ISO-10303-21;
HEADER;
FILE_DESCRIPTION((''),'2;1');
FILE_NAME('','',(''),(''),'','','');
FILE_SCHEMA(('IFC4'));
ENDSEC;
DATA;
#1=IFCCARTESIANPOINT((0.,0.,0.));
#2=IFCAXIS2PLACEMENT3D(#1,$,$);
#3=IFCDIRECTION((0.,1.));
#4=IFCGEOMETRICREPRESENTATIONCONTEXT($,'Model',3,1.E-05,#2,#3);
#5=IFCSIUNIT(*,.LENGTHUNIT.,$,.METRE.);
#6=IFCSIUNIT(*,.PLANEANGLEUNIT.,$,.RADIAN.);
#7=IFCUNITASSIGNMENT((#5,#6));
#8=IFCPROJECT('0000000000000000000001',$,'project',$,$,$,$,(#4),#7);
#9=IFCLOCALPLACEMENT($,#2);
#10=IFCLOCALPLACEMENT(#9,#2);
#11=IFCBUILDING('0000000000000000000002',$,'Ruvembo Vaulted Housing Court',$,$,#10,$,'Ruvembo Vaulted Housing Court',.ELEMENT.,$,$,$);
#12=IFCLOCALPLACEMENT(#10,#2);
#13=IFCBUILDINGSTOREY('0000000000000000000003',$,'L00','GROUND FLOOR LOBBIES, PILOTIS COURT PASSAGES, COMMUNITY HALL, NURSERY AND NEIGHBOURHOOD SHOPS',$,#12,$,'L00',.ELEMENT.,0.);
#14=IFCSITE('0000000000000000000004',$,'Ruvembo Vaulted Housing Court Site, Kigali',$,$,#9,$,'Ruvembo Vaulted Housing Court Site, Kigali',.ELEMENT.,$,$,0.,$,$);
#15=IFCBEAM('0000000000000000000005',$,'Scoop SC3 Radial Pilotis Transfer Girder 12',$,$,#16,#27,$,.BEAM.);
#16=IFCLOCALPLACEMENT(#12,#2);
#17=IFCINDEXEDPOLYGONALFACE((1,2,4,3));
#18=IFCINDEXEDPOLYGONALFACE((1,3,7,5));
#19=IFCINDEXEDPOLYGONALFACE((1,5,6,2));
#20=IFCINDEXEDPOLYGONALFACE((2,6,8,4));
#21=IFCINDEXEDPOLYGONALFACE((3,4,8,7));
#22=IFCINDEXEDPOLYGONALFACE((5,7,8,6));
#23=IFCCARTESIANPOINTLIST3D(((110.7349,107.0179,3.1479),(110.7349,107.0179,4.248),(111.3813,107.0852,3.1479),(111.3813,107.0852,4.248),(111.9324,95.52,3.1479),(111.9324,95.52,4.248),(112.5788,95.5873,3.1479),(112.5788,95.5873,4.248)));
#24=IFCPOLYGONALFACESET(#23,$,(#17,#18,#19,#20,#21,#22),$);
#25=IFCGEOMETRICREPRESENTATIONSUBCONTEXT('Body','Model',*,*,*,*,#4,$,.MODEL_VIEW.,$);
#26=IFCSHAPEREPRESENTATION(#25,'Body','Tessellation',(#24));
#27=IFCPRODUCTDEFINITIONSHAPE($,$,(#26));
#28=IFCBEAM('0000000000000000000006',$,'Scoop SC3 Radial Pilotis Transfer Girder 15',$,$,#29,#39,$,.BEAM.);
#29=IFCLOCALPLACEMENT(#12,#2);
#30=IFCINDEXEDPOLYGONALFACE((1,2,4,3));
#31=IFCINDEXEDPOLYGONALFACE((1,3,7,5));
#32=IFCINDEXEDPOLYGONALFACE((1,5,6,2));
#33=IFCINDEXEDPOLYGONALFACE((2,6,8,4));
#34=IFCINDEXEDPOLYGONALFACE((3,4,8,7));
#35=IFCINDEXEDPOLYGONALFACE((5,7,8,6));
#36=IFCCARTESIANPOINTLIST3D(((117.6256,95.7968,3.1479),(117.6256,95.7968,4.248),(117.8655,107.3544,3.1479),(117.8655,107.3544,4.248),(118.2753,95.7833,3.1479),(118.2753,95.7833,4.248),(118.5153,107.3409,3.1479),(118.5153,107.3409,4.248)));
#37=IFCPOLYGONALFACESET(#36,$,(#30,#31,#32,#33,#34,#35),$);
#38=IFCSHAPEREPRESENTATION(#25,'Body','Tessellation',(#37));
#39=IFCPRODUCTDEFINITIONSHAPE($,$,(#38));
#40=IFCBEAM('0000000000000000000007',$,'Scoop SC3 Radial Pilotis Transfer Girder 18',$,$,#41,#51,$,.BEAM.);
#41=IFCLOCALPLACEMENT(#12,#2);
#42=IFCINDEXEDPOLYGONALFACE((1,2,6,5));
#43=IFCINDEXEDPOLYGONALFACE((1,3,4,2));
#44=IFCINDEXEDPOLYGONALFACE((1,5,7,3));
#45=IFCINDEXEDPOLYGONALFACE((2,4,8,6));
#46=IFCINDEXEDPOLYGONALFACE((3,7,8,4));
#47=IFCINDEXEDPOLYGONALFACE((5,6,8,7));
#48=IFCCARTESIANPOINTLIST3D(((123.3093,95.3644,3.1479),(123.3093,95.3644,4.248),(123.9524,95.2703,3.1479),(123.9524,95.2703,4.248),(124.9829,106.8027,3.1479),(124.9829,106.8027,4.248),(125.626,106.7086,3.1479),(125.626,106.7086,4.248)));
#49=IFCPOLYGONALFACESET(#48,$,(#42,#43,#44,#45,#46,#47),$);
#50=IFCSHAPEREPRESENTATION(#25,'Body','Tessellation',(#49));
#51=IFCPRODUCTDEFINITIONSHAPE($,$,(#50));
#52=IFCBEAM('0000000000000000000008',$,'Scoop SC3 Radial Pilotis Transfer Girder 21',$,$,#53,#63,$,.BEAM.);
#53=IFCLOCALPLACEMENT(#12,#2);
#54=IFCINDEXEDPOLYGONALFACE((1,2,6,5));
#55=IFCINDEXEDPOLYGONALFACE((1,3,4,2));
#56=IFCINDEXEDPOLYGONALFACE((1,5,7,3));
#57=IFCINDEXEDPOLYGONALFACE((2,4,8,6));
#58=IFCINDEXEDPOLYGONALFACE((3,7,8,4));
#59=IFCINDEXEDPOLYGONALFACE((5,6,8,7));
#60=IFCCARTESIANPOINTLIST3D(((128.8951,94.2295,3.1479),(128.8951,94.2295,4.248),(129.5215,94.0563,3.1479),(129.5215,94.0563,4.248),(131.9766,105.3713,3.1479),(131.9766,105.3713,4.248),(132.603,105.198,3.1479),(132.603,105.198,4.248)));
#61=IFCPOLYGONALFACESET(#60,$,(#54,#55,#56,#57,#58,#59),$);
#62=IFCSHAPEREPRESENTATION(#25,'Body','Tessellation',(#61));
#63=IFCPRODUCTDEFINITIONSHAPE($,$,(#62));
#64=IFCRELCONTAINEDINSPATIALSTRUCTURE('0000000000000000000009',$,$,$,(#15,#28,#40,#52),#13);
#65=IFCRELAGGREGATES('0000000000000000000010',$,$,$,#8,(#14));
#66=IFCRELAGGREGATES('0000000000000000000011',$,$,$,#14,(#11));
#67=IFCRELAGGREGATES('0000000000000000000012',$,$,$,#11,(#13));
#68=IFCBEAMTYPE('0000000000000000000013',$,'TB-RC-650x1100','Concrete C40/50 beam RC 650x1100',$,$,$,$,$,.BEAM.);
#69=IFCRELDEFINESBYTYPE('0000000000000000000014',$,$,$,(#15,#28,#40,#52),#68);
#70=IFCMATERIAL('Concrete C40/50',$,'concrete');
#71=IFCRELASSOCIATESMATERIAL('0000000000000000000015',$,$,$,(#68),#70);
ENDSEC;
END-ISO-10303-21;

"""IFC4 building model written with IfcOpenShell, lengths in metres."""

from ifc_helpers import new_model, si_unit, direction, frame, origin, origin_2d, place, context, subcontext, project, spatial, rectangle, extrude, material, material_profile, profile_set, type_object, element, save


model = new_model("IFC4")

# Units and contexts
model_context = context("Model", 3, precision=1e-05, world=origin(), true_north=direction((0.0, 1.0)))
body_context = subcontext(model_context, "Body", "Model", "MODEL_VIEW")
ifc_project = project(units=[si_unit("LENGTHUNIT", "METRE"), si_unit("PLANEANGLEUNIT", "RADIAN")], contexts=[model_context])

# Site, building, storey
site_placement = place(None, origin())
site = spatial("IfcSite", under=ifc_project, at=site_placement, Name="Ruvembo Vaulted Housing Court Site, Kigali", LongName="Ruvembo Vaulted Housing Court Site, Kigali", CompositionType="ELEMENT", RefElevation=0.0)
building_placement = place(site_placement, origin())
building = spatial("IfcBuilding", under=site, at=building_placement, Name="Ruvembo Vaulted Housing Court", LongName="Ruvembo Vaulted Housing Court", CompositionType="ELEMENT")
storey_placement = place(building_placement, origin())
storey = spatial("IfcBuildingStorey", under=building, at=storey_placement, Name="L00", Description="GROUND FLOOR LOBBIES, PILOTIS COURT PASSAGES, COMMUNITY HALL, NURSERY AND NEIGHBOURHOOD SHOPS", LongName="L00", CompositionType="ELEMENT", Elevation=0.0)

# Shared definitions
ifc_material_1 = material(Name="Concrete C40/50", Category="concrete")

# Beams
ifc_material_profile_1 = material_profile(ifc_material_1, rectangle(XDim=0.6499, YDim=1.1001, at=origin_2d()), Name="RC 650x1100")
ifc_profile_set_1 = profile_set([ifc_material_profile_1], Name="Concrete C40/50")
beam_type_1 = type_object("IfcBeamType", Name="TB-RC-650x1100", Description="Concrete C40/50 beam RC 650x1100", PredefinedType="BEAM", material=ifc_profile_set_1)
for number, where, z_axis, x_axis, name in (
    (1, (111.0581, 107.0515, 3.698), (0.103591, -0.99462, 0.0), (0.99462, 0.103591, 0.0), "Scoop SC3 Radial Pilotis Transfer Girder 12"),
    (2, (118.1904, 107.3477, 3.698), (-0.02076, -0.999784, 0.0), (0.999784, -0.02076, 0.0), "Scoop SC3 Radial Pilotis Transfer Girder 15"),
    (3, (125.3044, 106.7556, 3.698), (-0.144773, -0.989465, 0.0), (0.989465, -0.144773, 0.0), "Scoop SC3 Radial Pilotis Transfer Girder 18"),
    (4, (132.2898, 105.2847, 3.698), (-0.266566, -0.963817, 0.0), (0.963817, -0.266566, 0.0), "Scoop SC3 Radial Pilotis Transfer Girder 21"),
):
    element("IfcBeam", number, at=place(storey_placement, frame(where, z_axis=z_axis, x_axis=x_axis)), inside=storey, type_object=beam_type_1, Name=name, PredefinedType="BEAM", context=body_context, shape_type="SweptSolid", body=[
        extrude(rectangle(XDim=0.6499, YDim=1.1001, at=origin_2d()), origin(), (0.0, 0.0, 1.0), 11.5601),
    ])

save(model, "model.ifc")
